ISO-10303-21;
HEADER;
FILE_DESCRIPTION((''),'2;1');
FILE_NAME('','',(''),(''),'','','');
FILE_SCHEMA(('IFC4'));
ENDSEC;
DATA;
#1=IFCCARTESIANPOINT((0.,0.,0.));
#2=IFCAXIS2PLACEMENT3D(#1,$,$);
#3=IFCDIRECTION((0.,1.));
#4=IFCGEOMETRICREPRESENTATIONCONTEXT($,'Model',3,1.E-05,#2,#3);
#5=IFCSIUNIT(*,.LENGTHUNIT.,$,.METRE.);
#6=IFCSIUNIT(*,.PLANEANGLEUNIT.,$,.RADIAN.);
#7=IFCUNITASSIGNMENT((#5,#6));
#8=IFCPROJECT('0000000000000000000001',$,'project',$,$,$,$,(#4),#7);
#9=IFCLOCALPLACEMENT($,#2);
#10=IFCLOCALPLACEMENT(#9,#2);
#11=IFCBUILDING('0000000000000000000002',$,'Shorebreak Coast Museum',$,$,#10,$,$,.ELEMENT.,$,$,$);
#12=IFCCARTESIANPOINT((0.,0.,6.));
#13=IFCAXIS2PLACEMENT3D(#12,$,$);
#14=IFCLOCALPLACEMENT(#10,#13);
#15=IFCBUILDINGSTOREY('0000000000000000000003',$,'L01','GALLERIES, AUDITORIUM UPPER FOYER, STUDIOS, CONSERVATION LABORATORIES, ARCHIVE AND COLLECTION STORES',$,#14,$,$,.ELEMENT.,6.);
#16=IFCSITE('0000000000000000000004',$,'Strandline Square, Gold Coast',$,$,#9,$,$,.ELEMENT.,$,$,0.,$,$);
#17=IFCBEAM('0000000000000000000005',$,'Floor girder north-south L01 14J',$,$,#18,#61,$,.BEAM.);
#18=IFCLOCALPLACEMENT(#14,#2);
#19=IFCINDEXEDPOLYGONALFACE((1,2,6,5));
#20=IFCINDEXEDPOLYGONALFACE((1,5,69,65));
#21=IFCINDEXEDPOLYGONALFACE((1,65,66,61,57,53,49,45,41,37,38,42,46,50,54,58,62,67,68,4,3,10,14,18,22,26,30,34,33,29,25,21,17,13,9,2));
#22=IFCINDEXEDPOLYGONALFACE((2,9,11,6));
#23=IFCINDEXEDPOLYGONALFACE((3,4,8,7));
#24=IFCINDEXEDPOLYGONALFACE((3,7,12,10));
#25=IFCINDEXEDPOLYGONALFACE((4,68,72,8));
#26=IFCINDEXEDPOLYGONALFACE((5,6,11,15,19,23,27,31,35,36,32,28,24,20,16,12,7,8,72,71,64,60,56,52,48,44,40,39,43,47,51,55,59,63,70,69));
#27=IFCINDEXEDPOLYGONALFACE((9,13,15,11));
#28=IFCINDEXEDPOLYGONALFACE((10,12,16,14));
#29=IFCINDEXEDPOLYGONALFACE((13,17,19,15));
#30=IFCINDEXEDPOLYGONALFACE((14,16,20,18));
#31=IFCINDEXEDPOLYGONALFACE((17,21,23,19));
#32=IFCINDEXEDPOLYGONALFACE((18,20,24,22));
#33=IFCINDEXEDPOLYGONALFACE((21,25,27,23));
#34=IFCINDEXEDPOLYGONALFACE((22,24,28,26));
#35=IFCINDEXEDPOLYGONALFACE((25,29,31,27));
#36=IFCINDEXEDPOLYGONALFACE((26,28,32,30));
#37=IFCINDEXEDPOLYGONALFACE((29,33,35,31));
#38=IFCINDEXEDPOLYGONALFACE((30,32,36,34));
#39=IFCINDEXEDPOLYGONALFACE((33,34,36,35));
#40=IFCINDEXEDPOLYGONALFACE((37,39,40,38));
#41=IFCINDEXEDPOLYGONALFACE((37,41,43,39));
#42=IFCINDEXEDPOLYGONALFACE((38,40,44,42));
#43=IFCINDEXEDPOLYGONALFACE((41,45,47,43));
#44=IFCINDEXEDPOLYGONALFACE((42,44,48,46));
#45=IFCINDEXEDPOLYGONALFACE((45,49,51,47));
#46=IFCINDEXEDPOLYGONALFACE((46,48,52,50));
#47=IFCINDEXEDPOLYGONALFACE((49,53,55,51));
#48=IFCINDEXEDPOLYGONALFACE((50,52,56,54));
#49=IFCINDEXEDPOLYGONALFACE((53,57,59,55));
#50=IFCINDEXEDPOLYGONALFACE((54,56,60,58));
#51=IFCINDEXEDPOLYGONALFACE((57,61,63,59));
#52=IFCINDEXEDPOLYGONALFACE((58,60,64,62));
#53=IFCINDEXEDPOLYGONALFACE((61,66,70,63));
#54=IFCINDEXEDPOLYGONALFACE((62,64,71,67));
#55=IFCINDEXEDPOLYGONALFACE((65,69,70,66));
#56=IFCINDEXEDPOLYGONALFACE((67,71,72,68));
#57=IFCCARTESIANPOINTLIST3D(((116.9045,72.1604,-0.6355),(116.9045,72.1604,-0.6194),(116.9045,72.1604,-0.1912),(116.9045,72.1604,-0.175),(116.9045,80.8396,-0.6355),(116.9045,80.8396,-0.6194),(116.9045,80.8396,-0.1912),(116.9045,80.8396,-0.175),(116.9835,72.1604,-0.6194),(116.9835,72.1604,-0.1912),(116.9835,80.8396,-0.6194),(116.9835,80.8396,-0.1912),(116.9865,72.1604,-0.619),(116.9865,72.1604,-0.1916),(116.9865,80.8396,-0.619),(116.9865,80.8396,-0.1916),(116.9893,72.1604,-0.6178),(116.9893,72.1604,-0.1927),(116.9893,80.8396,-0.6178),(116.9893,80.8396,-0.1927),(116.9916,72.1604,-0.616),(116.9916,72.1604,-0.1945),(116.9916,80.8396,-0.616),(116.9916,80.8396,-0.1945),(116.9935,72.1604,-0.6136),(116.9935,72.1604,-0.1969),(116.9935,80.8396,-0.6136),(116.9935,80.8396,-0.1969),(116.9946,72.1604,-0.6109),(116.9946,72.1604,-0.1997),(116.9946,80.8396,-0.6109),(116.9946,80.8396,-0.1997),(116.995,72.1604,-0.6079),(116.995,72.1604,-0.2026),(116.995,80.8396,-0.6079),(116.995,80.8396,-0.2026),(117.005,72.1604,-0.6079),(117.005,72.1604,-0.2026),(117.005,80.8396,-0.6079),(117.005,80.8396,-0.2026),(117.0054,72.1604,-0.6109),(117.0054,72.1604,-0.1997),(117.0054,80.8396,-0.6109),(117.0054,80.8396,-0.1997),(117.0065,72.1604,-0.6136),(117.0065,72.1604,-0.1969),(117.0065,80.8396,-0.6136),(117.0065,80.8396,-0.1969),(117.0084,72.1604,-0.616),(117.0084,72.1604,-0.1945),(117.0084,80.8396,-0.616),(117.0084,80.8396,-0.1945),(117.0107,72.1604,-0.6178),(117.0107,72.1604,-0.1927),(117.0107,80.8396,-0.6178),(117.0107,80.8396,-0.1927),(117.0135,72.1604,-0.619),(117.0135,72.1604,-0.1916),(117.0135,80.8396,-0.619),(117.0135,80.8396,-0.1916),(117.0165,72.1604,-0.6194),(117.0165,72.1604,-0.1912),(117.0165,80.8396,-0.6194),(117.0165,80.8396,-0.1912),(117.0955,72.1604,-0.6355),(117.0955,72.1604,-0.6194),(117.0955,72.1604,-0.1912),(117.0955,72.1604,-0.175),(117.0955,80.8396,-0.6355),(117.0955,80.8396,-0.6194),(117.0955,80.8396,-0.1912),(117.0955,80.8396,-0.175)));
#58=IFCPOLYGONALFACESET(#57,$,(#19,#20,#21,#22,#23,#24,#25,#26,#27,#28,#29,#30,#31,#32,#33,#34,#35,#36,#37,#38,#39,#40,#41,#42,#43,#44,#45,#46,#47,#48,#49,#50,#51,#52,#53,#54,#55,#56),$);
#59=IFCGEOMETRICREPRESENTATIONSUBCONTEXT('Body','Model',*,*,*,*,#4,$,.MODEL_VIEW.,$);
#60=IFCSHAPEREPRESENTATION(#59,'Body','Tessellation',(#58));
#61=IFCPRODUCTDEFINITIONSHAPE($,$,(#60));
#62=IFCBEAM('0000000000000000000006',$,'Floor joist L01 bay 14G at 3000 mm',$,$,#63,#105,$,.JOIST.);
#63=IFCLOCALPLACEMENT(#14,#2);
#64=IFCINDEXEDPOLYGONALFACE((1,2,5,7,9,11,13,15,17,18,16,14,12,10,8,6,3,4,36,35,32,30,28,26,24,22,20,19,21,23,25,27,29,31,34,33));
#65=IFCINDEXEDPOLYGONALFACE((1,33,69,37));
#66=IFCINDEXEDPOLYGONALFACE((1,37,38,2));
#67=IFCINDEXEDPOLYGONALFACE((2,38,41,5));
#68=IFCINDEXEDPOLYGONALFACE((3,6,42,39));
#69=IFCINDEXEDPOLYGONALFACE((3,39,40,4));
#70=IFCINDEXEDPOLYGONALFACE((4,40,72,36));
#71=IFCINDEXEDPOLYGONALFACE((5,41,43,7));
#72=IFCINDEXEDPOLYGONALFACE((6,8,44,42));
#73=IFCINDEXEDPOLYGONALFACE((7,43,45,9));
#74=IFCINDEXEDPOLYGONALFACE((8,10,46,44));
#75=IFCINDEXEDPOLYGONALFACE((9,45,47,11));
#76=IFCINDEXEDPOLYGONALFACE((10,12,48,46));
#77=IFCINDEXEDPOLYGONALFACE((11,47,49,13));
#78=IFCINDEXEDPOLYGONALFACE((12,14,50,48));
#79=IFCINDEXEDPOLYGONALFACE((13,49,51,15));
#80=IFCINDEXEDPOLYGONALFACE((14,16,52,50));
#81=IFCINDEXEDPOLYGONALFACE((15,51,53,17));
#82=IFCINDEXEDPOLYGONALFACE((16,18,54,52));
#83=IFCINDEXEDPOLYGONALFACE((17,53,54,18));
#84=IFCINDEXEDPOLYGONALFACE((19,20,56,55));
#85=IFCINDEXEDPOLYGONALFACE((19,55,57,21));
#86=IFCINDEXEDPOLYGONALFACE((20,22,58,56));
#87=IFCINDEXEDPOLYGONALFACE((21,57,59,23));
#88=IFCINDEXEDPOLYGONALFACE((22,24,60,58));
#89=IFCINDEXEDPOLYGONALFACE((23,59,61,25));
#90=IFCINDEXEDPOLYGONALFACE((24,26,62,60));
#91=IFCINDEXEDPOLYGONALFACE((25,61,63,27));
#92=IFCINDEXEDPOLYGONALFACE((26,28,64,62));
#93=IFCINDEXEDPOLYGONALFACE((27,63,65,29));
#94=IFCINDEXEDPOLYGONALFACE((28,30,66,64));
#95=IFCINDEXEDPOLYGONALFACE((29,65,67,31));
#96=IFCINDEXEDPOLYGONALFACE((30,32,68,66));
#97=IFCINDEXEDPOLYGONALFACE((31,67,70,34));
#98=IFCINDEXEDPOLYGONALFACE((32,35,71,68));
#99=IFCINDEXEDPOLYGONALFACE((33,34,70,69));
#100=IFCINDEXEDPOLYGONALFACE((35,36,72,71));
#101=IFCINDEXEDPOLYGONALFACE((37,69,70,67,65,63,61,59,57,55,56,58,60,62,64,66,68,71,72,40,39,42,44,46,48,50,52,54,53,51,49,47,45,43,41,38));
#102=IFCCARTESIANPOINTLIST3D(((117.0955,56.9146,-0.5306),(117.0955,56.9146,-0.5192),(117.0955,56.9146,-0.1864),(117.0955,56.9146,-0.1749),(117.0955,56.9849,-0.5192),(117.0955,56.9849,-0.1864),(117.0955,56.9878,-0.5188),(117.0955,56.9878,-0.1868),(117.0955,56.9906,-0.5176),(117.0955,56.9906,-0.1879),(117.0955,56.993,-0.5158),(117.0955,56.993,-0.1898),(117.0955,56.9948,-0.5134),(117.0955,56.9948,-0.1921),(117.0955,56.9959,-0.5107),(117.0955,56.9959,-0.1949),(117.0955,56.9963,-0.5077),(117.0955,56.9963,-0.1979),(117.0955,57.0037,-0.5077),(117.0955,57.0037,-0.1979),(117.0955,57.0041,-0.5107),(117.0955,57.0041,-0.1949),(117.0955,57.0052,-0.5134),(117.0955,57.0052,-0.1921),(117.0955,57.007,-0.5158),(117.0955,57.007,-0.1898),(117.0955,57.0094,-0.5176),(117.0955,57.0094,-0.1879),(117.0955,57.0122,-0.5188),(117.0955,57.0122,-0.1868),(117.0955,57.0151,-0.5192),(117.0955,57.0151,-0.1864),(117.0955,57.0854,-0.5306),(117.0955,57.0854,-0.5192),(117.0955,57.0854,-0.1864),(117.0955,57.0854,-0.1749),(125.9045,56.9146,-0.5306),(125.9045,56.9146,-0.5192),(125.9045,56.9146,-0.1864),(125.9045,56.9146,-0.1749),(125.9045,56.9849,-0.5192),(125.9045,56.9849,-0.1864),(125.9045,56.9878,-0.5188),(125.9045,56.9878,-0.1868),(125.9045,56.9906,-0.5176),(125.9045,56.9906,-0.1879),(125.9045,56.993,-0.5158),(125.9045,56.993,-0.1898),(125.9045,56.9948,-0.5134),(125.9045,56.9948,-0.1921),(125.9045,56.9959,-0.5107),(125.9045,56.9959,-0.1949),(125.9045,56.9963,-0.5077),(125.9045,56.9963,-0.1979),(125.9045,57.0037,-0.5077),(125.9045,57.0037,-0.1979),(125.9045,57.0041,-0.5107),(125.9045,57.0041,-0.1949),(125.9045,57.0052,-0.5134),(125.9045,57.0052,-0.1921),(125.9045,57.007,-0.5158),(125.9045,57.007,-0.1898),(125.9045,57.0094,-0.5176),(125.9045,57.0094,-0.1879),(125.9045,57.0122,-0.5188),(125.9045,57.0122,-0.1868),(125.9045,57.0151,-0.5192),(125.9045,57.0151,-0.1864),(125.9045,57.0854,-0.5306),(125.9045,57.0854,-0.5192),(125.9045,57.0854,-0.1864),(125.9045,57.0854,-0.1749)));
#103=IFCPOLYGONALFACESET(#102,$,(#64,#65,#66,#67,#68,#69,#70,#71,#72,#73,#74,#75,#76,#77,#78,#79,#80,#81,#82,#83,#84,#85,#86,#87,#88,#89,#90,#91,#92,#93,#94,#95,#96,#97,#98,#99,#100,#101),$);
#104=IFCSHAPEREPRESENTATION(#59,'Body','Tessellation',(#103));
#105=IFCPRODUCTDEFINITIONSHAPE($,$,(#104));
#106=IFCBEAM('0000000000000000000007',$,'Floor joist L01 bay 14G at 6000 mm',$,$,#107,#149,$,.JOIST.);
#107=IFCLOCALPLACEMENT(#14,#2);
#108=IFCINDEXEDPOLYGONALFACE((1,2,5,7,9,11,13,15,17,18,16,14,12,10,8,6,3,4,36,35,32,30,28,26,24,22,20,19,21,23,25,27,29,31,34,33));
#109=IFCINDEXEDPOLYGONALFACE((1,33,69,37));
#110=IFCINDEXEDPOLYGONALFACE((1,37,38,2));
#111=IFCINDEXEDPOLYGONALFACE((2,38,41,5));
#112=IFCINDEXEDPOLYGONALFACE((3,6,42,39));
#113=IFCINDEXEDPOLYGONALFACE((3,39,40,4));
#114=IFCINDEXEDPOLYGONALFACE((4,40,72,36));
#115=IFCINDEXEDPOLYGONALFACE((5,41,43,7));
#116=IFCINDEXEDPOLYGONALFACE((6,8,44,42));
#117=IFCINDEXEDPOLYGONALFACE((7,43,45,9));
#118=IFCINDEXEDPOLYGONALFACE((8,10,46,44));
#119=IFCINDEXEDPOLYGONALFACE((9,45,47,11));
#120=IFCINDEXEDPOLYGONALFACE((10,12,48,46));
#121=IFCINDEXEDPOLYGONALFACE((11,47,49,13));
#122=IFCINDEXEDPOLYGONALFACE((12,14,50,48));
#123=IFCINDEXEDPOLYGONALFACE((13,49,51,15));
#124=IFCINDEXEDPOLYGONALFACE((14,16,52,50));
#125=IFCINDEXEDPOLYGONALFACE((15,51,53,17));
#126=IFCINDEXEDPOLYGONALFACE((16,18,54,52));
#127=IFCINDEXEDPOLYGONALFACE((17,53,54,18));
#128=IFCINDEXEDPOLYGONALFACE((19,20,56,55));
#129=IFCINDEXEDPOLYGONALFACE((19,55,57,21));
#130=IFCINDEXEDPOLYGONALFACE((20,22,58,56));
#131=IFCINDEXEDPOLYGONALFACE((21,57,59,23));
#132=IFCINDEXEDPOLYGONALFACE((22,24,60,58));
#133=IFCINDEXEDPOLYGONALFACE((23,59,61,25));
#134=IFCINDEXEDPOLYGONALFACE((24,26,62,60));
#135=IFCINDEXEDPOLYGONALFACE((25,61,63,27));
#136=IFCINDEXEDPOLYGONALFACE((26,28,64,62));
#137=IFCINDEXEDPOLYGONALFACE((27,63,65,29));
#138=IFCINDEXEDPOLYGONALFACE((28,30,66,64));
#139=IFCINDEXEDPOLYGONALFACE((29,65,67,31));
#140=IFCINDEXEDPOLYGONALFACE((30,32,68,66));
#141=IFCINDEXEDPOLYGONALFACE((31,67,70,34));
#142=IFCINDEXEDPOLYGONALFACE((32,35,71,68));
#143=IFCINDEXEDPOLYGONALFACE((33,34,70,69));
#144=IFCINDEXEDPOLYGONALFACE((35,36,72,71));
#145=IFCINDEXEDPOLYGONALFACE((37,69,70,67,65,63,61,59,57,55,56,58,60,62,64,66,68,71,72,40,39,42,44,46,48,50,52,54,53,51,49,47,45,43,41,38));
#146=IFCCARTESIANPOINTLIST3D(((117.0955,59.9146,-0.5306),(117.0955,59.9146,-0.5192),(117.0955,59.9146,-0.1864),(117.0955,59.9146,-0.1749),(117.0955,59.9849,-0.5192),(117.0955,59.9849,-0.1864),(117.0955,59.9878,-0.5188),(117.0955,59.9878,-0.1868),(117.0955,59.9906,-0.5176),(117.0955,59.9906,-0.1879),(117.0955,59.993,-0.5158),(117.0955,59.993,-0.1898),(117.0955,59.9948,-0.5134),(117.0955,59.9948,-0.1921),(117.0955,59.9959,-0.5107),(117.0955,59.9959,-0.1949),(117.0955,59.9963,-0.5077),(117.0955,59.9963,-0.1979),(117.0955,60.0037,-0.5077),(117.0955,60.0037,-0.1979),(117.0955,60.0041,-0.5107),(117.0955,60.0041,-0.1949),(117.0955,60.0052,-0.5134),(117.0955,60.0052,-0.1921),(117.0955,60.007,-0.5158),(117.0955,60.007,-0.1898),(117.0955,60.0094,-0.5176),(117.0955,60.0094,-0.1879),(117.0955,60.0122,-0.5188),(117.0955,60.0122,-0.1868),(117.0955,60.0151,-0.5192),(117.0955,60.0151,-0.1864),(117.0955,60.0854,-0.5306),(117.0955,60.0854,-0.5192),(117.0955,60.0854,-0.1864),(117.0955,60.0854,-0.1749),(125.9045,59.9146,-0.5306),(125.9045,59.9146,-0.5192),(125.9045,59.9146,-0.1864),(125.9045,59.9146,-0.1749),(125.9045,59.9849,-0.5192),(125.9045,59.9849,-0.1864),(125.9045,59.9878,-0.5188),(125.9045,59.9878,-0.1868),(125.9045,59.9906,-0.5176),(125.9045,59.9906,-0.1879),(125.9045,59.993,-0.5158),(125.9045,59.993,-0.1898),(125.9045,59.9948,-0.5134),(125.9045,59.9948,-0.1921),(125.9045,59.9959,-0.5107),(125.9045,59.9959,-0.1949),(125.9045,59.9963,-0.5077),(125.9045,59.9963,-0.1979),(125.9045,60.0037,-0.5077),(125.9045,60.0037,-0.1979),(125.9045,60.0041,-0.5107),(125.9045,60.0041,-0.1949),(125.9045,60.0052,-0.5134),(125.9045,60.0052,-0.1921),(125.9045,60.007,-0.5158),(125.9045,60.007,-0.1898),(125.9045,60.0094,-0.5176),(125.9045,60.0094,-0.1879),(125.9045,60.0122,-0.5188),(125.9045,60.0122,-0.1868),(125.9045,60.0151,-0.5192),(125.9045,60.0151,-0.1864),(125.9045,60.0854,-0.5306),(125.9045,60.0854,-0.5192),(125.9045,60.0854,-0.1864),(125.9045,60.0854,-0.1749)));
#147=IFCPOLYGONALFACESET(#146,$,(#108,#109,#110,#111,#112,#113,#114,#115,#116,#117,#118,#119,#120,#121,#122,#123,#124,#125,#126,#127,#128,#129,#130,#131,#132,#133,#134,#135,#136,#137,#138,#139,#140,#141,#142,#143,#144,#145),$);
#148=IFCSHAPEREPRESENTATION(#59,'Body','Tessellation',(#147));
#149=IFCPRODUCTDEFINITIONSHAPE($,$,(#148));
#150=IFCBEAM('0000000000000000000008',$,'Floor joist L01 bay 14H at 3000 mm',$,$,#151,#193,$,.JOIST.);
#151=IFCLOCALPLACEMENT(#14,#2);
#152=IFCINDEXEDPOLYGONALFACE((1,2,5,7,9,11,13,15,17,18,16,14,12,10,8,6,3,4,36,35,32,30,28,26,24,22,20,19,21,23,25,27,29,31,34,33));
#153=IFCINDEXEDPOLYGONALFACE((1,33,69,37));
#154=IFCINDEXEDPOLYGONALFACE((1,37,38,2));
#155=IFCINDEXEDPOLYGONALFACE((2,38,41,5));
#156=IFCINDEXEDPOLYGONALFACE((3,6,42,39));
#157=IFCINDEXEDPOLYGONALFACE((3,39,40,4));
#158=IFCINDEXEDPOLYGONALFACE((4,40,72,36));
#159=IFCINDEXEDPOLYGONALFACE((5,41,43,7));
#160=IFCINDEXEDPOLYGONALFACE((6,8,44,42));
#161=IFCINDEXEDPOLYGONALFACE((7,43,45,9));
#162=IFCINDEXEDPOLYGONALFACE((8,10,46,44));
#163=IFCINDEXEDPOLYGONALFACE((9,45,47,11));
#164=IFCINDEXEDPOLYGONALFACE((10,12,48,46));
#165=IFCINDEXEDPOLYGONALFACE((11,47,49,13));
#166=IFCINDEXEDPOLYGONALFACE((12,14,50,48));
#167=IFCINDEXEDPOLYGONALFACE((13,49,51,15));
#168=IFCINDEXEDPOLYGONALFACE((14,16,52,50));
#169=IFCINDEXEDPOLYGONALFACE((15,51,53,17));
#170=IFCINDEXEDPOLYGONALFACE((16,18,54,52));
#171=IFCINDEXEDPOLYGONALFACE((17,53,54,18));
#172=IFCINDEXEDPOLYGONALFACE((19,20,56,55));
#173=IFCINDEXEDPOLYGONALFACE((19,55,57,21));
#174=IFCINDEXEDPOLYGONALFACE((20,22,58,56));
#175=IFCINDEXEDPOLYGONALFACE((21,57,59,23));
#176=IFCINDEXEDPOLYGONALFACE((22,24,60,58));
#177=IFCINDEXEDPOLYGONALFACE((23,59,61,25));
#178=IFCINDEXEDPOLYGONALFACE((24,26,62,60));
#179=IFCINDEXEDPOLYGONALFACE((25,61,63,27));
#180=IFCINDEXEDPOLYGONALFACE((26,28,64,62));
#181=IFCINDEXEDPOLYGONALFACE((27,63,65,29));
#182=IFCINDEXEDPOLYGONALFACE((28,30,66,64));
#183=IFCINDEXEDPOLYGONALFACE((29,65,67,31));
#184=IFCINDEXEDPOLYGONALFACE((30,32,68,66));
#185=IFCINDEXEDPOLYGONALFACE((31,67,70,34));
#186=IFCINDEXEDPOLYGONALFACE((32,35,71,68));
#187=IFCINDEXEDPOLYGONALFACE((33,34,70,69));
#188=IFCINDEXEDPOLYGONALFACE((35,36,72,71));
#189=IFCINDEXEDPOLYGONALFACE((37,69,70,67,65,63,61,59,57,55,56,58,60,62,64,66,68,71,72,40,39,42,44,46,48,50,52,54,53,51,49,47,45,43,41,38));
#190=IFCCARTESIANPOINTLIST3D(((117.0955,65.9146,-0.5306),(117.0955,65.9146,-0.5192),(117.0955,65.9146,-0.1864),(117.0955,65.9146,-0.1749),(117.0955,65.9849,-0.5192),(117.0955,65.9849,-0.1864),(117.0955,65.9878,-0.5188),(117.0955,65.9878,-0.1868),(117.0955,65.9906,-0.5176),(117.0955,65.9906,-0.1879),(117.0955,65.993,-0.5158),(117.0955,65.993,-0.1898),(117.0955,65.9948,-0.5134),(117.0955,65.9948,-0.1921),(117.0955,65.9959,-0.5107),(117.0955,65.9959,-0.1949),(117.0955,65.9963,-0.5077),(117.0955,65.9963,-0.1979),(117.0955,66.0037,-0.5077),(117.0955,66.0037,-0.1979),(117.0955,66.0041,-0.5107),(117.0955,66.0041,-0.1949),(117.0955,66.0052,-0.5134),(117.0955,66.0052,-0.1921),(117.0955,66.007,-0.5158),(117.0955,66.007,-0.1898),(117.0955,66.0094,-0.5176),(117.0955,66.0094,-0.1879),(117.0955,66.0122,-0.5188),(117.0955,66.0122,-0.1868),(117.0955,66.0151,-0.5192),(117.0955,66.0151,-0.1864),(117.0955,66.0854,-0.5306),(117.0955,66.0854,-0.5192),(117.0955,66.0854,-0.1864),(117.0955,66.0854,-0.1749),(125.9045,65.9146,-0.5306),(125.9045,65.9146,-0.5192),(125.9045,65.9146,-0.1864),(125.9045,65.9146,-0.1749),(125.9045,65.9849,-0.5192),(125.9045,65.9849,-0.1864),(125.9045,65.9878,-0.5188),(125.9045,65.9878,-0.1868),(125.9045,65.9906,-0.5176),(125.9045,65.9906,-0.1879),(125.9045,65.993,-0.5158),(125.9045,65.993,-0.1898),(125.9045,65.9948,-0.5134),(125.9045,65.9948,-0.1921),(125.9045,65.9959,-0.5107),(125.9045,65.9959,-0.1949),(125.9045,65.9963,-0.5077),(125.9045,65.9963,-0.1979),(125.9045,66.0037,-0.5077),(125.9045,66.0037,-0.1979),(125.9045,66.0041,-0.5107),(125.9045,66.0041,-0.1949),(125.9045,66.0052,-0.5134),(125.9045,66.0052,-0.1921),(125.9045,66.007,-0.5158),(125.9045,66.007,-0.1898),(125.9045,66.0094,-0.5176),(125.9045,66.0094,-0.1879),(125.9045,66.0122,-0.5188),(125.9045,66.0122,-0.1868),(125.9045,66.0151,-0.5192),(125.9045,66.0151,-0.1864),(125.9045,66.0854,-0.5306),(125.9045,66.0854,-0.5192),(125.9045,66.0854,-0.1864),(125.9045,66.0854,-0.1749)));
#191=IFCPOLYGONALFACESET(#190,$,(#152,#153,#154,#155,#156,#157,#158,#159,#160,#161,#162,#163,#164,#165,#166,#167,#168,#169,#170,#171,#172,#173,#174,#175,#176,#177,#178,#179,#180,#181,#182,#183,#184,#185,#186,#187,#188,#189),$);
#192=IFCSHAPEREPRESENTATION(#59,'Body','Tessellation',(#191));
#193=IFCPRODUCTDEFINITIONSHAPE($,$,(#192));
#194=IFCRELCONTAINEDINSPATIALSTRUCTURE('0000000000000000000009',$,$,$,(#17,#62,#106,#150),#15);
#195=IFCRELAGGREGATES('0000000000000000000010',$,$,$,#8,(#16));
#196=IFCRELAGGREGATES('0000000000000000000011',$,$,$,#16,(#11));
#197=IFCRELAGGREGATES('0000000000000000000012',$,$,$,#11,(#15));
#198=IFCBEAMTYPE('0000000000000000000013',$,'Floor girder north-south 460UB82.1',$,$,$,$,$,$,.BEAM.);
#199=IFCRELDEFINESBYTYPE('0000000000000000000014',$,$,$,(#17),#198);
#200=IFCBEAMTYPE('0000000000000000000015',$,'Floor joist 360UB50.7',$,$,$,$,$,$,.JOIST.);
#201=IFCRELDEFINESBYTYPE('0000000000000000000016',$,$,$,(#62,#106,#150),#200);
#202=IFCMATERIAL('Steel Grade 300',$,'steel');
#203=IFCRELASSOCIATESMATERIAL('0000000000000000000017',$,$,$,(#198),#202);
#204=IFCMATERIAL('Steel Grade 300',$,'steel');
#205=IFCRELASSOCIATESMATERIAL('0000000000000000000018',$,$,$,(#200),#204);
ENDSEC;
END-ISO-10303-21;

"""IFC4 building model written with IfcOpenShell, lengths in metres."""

from ifc_helpers import new_model, si_unit, direction, frame, origin, origin_2d, place, context, subcontext, project, spatial, i_section, extrude, material, material_profile, profile_set, type_object, element, save


model = new_model("IFC4")

# Units and contexts
model_context = context("Model", 3, precision=1e-05, world=origin(), true_north=direction((0.0, 1.0)))
body_context = subcontext(model_context, "Body", "Model", "MODEL_VIEW")
ifc_project = project(units=[si_unit("LENGTHUNIT", "METRE"), si_unit("PLANEANGLEUNIT", "RADIAN")], contexts=[model_context])

# Site, building, storey
site_placement = place(None, origin())
site = spatial("IfcSite", under=ifc_project, at=site_placement, Name="Strandline Square, Gold Coast", CompositionType="ELEMENT", RefElevation=0.0)
building_placement = place(site_placement, origin())
building = spatial("IfcBuilding", under=site, at=building_placement, Name="Shorebreak Coast Museum", CompositionType="ELEMENT")
storey_placement = place(building_placement, frame((0.0, 0.0, 6.0)))
storey = spatial("IfcBuildingStorey", under=building, at=storey_placement, Name="L01", Description="GALLERIES, AUDITORIUM UPPER FOYER, STUDIOS, CONSERVATION LABORATORIES, ARCHIVE AND COLLECTION STORES", CompositionType="ELEMENT", Elevation=6.0)

# Beams
ifc_material_1 = material(Name="Steel Grade 300", Category="steel")
ifc_material_profile_1 = material_profile(ifc_material_1, i_section(OverallWidth=0.1909, OverallDepth=0.4604, WebThickness=0.01, FlangeThickness=0.0161, FilletRadius=0.0115, at=origin_2d()), Name="460UB82.1")
ifc_profile_set_1 = profile_set([ifc_material_profile_1], Name="Steel Grade 300")
beam_type_1 = type_object("IfcBeamType", Name="Floor girder north-south 460UB82.1", PredefinedType="BEAM", material=ifc_profile_set_1)
for number, where, z_axis, x_axis, name in (
    (1, (117.0, 72.1604, -0.4053), (0.0, 1.0, 0.0), (-1.0, 0.0, 0.0), "Floor girder north-south L01 14J"),
):
    element("IfcBeam", number, at=place(storey_placement, frame(where, z_axis=z_axis, x_axis=x_axis)), inside=storey, type_object=beam_type_1, Name=name, PredefinedType="BEAM", context=body_context, shape_type="SweptSolid", body=[
        extrude(i_section(OverallWidth=0.1909, OverallDepth=0.4604, WebThickness=0.01, FlangeThickness=0.0161, FilletRadius=0.0115, at=origin_2d()), origin(), (0.0, 0.0, 1.0), 8.6792),
    ])
ifc_material_2 = material(Name="Steel Grade 300", Category="steel")
ifc_material_profile_2 = material_profile(ifc_material_2, i_section(OverallWidth=0.1709, OverallDepth=0.3557, WebThickness=0.0073, FlangeThickness=0.0115, FilletRadius=0.0115, at=origin_2d()), Name="360UB50.7")
ifc_profile_set_2 = profile_set([ifc_material_profile_2], Name="Steel Grade 300")
beam_type_2 = type_object("IfcBeamType", Name="Floor joist 360UB50.7", PredefinedType="JOIST", material=ifc_profile_set_2)
for number, where, z_axis, x_axis, name in (
    (2, (117.0955, 57.0, -0.3528), (1.0, 0.0, 0.0), (0.0, 1.0, 0.0), "Floor joist L01 bay 14G at 3000 mm"),
    (3, (117.0955, 60.0, -0.3528), (1.0, 0.0, 0.0), (0.0, 1.0, 0.0), "Floor joist L01 bay 14G at 6000 mm"),
    (4, (117.0955, 66.0, -0.3528), (1.0, 0.0, 0.0), (0.0, 1.0, 0.0), "Floor joist L01 bay 14H at 3000 mm"),
):
    element("IfcBeam", number, at=place(storey_placement, frame(where, z_axis=z_axis, x_axis=x_axis)), inside=storey, type_object=beam_type_2, Name=name, PredefinedType="JOIST", context=body_context, shape_type="SweptSolid", body=[
        extrude(i_section(OverallWidth=0.1709, OverallDepth=0.3557, WebThickness=0.0073, FlangeThickness=0.0115, FilletRadius=0.0115, at=origin_2d()), origin(), (0.0, 0.0, 1.0), 8.8091),
    ])

save(model, "model.ifc")
